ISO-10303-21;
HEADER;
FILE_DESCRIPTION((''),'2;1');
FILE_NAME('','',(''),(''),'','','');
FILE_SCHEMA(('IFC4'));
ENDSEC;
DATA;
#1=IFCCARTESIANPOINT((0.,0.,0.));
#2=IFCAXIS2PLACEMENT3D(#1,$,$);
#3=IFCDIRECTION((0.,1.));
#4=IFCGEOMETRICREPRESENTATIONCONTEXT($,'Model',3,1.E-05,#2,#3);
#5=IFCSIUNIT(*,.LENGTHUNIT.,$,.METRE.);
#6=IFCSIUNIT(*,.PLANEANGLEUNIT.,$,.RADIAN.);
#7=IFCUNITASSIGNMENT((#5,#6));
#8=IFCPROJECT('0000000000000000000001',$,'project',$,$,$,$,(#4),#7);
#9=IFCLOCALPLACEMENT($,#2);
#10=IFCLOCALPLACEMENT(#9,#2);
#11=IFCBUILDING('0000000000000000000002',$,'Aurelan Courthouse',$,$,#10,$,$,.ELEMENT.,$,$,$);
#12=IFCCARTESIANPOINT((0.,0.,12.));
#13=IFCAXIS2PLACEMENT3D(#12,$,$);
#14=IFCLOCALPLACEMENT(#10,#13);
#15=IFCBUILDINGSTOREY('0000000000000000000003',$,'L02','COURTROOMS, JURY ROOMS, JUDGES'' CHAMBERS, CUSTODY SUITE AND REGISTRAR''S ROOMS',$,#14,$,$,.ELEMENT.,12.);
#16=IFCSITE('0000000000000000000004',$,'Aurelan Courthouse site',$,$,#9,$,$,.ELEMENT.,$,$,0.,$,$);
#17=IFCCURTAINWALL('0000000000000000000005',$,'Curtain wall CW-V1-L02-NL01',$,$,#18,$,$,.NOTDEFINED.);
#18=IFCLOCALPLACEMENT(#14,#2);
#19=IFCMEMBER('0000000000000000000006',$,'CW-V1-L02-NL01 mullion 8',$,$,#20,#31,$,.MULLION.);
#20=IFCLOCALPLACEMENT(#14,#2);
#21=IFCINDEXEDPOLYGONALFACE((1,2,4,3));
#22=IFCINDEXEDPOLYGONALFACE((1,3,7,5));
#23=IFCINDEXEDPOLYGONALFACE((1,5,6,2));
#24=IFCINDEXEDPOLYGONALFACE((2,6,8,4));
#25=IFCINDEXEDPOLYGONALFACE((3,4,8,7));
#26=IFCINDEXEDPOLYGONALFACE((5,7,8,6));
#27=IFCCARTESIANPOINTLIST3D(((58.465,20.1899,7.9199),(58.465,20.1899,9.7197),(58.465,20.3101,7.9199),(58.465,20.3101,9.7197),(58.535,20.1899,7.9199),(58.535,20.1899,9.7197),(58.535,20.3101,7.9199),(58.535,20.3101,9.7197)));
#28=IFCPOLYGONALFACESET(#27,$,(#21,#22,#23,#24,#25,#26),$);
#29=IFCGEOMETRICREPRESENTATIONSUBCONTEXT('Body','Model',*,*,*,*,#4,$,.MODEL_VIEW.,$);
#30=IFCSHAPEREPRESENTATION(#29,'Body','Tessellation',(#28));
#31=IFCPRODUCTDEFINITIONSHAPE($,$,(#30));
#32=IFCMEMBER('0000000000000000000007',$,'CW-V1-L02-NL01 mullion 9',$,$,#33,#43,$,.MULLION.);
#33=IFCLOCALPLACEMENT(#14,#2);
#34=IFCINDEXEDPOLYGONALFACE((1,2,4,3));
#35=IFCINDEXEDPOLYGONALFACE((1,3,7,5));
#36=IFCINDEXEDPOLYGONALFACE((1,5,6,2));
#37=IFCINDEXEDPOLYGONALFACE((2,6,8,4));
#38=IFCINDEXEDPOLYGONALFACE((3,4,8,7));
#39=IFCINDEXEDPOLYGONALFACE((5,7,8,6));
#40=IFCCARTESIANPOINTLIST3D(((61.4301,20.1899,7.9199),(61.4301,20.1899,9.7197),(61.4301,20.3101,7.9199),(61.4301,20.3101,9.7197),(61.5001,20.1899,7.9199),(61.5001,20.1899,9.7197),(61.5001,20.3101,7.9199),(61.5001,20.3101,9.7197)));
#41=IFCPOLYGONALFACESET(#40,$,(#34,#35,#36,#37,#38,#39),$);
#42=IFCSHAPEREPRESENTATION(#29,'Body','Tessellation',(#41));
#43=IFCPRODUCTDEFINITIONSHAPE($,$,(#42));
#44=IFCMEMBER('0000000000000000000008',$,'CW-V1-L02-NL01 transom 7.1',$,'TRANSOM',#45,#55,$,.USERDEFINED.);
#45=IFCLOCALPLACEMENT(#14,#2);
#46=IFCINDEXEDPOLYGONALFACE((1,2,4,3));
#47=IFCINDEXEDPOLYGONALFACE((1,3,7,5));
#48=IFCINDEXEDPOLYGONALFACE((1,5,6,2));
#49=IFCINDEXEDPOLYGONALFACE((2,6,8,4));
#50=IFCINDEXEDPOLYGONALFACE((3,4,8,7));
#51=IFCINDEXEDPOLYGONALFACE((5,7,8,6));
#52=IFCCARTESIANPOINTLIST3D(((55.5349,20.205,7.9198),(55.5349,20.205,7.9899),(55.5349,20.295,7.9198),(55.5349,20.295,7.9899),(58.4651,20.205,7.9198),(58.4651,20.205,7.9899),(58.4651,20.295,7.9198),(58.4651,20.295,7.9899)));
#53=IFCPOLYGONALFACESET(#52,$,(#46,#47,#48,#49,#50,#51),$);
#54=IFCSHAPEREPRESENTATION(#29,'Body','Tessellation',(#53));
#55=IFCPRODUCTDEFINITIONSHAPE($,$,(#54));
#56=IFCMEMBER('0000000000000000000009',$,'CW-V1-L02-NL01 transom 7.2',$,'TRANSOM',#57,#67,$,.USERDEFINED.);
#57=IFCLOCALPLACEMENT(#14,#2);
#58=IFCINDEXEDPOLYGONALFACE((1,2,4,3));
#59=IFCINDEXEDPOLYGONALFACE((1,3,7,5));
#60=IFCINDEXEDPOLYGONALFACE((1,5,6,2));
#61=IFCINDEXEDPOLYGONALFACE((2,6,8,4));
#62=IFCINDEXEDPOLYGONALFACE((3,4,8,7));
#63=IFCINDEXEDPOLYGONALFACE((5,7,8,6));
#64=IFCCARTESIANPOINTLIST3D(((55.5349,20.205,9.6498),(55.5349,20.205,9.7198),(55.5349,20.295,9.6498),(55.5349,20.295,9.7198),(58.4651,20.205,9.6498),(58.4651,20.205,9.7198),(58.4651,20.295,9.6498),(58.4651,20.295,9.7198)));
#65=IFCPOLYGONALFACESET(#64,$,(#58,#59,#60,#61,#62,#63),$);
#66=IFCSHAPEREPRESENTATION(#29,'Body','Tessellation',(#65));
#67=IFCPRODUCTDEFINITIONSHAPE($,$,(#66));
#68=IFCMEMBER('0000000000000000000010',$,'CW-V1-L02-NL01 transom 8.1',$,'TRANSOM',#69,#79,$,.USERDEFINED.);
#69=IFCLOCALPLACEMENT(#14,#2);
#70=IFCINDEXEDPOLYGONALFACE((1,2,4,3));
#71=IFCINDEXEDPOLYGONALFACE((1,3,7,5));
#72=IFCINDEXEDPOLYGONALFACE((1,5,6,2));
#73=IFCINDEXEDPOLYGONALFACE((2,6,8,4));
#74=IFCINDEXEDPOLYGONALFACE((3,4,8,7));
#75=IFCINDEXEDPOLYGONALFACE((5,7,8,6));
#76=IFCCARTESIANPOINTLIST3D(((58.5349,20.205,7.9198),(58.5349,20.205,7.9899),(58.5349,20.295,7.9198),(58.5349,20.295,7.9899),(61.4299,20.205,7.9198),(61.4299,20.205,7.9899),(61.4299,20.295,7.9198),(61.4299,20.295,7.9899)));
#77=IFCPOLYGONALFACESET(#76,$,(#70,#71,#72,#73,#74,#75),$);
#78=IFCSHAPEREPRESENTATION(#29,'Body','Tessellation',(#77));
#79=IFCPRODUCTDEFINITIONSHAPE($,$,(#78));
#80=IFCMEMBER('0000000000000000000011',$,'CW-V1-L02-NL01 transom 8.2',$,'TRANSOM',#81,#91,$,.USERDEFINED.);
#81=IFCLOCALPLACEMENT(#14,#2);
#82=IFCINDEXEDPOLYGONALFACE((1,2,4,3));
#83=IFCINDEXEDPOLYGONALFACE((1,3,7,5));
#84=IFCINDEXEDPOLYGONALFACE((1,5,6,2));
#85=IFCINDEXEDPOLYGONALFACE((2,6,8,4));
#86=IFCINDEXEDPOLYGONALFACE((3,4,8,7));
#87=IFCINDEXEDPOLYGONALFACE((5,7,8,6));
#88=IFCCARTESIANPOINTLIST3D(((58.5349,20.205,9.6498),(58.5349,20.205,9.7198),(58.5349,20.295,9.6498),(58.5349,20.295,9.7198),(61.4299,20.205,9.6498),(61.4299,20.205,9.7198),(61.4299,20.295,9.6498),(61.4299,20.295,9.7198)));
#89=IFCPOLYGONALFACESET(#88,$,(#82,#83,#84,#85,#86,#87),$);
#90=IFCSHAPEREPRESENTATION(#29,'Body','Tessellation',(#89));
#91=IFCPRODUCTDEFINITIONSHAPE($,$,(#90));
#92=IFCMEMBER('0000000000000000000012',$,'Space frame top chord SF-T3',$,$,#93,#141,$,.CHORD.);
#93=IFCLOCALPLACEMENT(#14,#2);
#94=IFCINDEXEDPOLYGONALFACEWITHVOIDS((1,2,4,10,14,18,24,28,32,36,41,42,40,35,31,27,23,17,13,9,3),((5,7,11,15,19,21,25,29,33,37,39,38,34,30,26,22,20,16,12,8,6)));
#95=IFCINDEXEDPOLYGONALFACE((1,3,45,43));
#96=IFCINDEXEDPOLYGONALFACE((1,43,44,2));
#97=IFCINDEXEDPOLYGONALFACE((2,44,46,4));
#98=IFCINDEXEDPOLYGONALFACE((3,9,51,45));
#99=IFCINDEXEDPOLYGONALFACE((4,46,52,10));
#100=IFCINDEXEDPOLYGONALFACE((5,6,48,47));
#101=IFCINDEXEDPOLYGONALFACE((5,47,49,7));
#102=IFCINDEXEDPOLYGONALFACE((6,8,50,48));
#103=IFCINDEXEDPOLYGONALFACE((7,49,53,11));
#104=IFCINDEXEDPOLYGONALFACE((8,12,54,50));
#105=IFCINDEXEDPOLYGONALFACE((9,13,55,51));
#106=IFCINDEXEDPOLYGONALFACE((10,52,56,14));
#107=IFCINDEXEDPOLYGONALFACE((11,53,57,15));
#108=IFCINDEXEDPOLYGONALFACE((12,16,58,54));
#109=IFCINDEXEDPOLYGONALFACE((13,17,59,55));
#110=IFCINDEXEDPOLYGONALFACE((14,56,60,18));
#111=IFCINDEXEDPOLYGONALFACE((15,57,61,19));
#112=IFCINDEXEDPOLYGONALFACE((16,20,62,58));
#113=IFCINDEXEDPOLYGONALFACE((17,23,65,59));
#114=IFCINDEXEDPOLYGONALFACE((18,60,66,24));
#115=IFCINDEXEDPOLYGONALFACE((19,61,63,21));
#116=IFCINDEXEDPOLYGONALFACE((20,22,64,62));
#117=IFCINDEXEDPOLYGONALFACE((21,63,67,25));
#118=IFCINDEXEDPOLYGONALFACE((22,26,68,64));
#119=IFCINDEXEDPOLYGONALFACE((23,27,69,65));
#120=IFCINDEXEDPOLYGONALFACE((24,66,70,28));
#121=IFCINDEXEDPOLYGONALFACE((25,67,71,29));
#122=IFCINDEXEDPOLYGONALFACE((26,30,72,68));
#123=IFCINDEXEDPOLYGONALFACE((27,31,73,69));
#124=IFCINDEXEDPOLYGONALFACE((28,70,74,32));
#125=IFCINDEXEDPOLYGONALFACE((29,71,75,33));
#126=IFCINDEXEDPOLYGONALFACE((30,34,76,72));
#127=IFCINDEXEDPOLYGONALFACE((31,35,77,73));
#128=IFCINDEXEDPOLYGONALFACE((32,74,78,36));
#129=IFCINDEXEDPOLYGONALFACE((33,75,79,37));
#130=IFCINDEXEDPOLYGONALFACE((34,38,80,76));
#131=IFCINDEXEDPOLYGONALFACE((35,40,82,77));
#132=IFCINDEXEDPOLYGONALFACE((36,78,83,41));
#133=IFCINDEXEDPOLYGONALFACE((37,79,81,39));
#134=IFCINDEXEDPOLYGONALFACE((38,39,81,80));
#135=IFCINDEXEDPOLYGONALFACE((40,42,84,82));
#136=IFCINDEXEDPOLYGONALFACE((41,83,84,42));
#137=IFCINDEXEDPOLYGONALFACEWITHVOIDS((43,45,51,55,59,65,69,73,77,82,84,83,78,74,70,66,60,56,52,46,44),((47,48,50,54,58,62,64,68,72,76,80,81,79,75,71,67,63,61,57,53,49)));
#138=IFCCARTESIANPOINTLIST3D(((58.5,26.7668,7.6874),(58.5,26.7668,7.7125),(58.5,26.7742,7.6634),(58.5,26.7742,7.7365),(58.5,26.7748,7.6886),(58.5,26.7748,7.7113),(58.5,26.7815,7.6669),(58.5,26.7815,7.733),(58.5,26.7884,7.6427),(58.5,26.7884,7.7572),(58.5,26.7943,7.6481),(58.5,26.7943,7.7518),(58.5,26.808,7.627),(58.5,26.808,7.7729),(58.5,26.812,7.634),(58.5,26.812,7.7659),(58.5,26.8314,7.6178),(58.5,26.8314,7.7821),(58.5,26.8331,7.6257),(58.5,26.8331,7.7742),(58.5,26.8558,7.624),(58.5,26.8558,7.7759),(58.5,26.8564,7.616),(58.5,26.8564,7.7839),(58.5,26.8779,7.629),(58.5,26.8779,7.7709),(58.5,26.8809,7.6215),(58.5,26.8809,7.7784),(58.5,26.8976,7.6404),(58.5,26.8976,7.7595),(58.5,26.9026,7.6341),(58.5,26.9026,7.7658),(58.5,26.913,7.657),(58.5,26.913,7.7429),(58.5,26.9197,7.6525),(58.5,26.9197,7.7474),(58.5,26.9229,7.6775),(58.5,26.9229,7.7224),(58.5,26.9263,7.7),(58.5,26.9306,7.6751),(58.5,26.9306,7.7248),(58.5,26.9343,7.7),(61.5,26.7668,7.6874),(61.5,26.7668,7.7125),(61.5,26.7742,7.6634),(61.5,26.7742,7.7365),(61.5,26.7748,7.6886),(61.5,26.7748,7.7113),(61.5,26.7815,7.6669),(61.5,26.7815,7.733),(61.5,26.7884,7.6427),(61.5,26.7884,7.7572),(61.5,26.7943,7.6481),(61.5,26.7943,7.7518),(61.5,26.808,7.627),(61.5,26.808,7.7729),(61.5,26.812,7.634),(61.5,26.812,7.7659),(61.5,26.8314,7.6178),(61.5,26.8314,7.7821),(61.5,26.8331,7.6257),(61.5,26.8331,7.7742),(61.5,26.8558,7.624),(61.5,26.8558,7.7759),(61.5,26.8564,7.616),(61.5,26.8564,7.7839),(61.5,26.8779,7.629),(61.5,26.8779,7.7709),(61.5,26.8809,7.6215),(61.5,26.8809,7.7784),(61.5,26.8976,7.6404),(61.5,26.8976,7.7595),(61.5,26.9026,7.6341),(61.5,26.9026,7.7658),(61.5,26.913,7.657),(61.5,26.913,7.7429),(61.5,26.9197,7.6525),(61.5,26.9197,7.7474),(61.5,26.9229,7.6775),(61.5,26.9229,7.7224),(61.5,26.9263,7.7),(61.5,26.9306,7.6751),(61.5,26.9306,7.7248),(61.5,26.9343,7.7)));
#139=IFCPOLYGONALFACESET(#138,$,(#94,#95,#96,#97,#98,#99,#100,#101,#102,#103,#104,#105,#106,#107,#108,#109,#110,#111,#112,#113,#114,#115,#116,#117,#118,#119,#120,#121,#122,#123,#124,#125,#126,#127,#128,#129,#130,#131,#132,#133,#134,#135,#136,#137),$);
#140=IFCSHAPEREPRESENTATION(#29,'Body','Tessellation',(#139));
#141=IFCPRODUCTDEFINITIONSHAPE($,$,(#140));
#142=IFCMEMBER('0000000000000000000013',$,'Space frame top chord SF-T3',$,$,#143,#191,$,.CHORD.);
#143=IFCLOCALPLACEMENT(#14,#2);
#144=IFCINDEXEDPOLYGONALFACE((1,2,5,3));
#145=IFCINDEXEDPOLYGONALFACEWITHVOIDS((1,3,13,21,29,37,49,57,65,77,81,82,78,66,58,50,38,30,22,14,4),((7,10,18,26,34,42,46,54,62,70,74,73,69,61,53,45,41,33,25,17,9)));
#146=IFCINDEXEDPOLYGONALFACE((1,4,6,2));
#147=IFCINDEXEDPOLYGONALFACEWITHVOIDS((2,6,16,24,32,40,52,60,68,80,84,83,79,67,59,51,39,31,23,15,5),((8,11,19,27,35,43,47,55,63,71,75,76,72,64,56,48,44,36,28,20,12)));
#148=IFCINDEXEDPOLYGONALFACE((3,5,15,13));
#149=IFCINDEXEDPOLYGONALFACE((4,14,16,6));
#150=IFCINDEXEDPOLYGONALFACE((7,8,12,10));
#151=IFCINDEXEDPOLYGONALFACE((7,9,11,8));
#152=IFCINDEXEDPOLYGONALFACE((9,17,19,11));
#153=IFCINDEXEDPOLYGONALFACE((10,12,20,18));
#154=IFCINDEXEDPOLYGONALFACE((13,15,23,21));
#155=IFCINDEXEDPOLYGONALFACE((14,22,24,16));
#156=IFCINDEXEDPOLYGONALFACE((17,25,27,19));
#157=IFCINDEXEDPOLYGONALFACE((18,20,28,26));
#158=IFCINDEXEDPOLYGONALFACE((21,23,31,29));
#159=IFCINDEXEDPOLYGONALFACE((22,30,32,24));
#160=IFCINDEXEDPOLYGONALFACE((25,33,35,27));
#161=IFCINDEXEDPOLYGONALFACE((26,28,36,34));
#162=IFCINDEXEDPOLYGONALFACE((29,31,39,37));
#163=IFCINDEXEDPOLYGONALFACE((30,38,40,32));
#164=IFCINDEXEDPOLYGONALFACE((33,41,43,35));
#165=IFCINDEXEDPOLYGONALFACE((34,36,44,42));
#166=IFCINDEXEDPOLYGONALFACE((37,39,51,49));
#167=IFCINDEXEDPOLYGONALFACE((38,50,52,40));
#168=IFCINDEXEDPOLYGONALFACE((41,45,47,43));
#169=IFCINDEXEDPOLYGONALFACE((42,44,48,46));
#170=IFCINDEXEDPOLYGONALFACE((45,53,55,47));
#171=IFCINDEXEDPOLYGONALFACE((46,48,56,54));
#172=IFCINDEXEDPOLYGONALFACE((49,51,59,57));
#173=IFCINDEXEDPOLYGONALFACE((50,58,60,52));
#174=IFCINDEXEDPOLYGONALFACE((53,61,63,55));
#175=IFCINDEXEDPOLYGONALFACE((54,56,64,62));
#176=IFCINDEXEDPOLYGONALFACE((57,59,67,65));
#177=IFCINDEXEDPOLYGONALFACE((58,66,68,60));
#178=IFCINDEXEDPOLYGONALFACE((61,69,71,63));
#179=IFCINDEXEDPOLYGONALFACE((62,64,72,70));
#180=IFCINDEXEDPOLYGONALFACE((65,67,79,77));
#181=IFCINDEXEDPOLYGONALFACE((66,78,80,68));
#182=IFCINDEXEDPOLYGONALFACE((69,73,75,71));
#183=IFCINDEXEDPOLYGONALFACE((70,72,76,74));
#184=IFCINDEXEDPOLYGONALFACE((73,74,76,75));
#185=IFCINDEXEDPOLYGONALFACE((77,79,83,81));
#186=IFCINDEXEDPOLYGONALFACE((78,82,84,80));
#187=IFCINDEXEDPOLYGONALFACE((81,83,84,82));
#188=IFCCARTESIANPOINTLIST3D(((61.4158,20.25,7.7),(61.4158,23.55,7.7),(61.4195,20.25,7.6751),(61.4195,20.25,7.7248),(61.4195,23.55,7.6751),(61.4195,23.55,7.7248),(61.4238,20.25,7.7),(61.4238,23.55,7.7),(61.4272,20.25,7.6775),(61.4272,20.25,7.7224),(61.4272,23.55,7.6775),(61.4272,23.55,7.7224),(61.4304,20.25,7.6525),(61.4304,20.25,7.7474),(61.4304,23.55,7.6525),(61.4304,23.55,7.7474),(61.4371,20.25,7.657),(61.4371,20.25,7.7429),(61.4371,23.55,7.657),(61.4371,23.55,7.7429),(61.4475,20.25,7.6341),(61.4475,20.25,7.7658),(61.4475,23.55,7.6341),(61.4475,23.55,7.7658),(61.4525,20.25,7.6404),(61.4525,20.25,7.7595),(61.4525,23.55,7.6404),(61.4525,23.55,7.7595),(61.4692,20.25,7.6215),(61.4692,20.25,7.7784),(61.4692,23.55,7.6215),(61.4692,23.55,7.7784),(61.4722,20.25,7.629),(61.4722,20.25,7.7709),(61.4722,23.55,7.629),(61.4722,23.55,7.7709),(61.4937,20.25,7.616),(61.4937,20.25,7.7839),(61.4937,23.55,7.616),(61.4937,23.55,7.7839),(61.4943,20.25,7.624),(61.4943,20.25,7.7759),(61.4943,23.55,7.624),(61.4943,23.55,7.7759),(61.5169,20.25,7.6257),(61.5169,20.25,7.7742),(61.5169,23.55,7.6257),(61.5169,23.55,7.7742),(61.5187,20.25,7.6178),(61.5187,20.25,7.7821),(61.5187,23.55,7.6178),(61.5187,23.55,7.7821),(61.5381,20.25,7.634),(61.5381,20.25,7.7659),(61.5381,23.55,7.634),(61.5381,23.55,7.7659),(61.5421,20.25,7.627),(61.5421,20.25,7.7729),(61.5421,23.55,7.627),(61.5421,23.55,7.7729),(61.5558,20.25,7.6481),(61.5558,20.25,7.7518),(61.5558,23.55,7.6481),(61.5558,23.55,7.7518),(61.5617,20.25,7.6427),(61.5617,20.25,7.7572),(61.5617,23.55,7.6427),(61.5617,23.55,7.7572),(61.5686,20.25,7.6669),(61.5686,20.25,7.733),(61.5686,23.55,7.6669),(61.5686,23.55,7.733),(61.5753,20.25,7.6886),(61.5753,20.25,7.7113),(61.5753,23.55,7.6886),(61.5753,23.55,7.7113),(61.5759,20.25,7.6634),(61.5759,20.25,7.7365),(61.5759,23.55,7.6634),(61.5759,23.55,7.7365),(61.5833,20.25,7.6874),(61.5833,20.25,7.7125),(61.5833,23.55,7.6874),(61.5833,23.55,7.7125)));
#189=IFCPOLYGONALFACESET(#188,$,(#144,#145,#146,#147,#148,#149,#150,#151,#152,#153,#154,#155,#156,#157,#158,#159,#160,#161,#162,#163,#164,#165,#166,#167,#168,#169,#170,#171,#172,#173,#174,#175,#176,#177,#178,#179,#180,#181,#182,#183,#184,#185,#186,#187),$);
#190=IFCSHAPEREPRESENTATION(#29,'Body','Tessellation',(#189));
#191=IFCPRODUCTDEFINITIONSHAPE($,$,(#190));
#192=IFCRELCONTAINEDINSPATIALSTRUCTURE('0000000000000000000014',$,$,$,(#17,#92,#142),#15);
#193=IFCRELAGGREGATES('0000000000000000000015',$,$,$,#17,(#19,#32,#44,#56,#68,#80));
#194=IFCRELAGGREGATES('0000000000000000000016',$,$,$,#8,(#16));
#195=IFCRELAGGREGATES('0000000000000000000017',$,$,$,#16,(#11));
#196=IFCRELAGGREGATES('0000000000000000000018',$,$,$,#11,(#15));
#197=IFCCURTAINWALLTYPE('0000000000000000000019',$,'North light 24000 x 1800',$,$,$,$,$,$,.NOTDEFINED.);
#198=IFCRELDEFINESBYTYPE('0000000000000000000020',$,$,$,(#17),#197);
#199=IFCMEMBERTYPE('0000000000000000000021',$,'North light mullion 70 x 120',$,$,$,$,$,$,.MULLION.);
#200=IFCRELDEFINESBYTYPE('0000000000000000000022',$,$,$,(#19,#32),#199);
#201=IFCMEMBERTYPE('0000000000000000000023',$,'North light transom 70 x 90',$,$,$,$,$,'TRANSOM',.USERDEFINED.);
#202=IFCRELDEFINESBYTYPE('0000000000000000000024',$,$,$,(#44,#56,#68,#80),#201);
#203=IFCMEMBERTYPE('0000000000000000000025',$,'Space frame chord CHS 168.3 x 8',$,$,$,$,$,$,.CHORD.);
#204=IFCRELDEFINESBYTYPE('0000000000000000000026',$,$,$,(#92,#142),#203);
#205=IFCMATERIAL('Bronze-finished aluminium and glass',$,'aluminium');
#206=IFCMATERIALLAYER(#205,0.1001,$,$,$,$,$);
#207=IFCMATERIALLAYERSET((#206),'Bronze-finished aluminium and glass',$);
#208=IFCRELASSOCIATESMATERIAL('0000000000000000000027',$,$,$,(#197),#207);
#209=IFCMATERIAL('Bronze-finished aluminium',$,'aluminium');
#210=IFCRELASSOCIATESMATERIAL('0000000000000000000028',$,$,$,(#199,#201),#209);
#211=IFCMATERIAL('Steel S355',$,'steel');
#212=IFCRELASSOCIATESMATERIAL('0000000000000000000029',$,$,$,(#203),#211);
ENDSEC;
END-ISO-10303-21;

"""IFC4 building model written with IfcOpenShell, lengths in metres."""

from ifc_helpers import new_model, si_unit, direction, frame, origin, origin_2d, place, context, subcontext, project, spatial, rectangle, hollow_circle, extrude, material, layer, layer_set, material_profile, profile_set, type_object, element, aggregate, save


model = new_model("IFC4")

# Units and contexts
model_context = context("Model", 3, precision=1e-05, world=origin(), true_north=direction((0.0, 1.0)))
body_context = subcontext(model_context, "Body", "Model", "MODEL_VIEW")
ifc_project = project(units=[si_unit("LENGTHUNIT", "METRE"), si_unit("PLANEANGLEUNIT", "RADIAN")], contexts=[model_context])

# Site, building, storey
site_placement = place(None, origin())
site = spatial("IfcSite", under=ifc_project, at=site_placement, Name="Aurelan Courthouse site", CompositionType="ELEMENT", RefElevation=0.0)
building_placement = place(site_placement, origin())
building = spatial("IfcBuilding", under=site, at=building_placement, Name="Aurelan Courthouse", CompositionType="ELEMENT")
storey_placement = place(building_placement, frame((0.0, 0.0, 12.0)))
storey = spatial("IfcBuildingStorey", under=building, at=storey_placement, Name="L02", Description="COURTROOMS, JURY ROOMS, JUDGES' CHAMBERS, CUSTODY SUITE AND REGISTRAR'S ROOMS", CompositionType="ELEMENT", Elevation=12.0)

# Curtain wall, members
ifc_material_1 = material(Name="Bronze-finished aluminium and glass", Category="aluminium")
ifc_layer_1 = layer(ifc_material_1, 0.1001)
ifc_layer_set_1 = layer_set([ifc_layer_1], Name="Bronze-finished aluminium and glass")
curtain_wall_type = type_object("IfcCurtainWallType", Name="North light 24000 x 1800", PredefinedType="NOTDEFINED", material=ifc_layer_set_1)
curtain_wall_placement = place(storey_placement, origin())
curtain_wall = element("IfcCurtainWall", 1, at=curtain_wall_placement, inside=storey, type_object=curtain_wall_type, Name="Curtain wall CW-V1-L02-NL01", PredefinedType="NOTDEFINED")
ifc_material_2 = material(Name="Bronze-finished aluminium", Category="aluminium")
ifc_material_profile_1 = material_profile(ifc_material_2, rectangle(XDim=0.1201, YDim=0.0701, at=origin_2d()), Name="North light mullion 70 x 120")
ifc_profile_set_1 = profile_set([ifc_material_profile_1], Name="Bronze-finished aluminium")
member_type_1 = type_object("IfcMemberType", Name="North light mullion 70 x 120", PredefinedType="MULLION", material=ifc_profile_set_1)
member_1_placement = place(storey_placement, frame((58.5, 20.25, 7.9199), z_axis=(0.0, 0.0, 1.0), x_axis=(0.0, 1.0, 0.0)))
member_1 = element("IfcMember", 2, at=member_1_placement, type_object=member_type_1, Name="CW-V1-L02-NL01 mullion 8", PredefinedType="MULLION", context=body_context, shape_type="SweptSolid", body=[
    extrude(rectangle(XDim=0.1201, YDim=0.0701, at=origin_2d()), origin(), (0.0, 0.0, 1.0), 1.7998),
])
member_2_placement = place(storey_placement, frame((61.4651, 20.25, 7.9199), z_axis=(0.0, 0.0, 1.0), x_axis=(0.0, 1.0, 0.0)))
member_2 = element("IfcMember", 3, at=member_2_placement, type_object=member_type_1, Name="CW-V1-L02-NL01 mullion 9", PredefinedType="MULLION", context=body_context, shape_type="SweptSolid", body=[
    extrude(rectangle(XDim=0.1201, YDim=0.0701, at=origin_2d()), origin(), (0.0, 0.0, 1.0), 1.7998),
])
ifc_material_profile_2 = material_profile(ifc_material_2, rectangle(XDim=0.0901, YDim=0.0701, at=origin_2d()), Name="North light transom 70 x 90")
ifc_profile_set_2 = profile_set([ifc_material_profile_2], Name="Bronze-finished aluminium")
member_type_2 = type_object("IfcMemberType", Name="North light transom 70 x 90", ElementType="TRANSOM", PredefinedType="USERDEFINED", material=ifc_profile_set_2)
member_3_placement = place(storey_placement, frame((55.5349, 20.25, 7.9548), z_axis=(1.0, 0.0, 0.0), x_axis=(0.0, 1.0, 0.0)))
member_3 = element("IfcMember", 4, at=member_3_placement, type_object=member_type_2, Name="CW-V1-L02-NL01 transom 7.1", ObjectType="TRANSOM", PredefinedType="USERDEFINED", context=body_context, shape_type="SweptSolid", body=[
    extrude(rectangle(XDim=0.0901, YDim=0.0701, at=origin_2d()), origin(), (0.0, 0.0, 1.0), 2.9302),
])
member_4_placement = place(storey_placement, frame((55.5349, 20.25, 9.6848), z_axis=(1.0, 0.0, 0.0), x_axis=(0.0, 1.0, 0.0)))
member_4 = element("IfcMember", 5, at=member_4_placement, type_object=member_type_2, Name="CW-V1-L02-NL01 transom 7.2", ObjectType="TRANSOM", PredefinedType="USERDEFINED", context=body_context, shape_type="SweptSolid", body=[
    extrude(rectangle(XDim=0.0901, YDim=0.0701, at=origin_2d()), origin(), (0.0, 0.0, 1.0), 2.9302),
])
member_5_placement = place(storey_placement, frame((58.5349, 20.25, 7.9548), z_axis=(1.0, 0.0, 0.0), x_axis=(0.0, 1.0, 0.0)))
member_5 = element("IfcMember", 6, at=member_5_placement, type_object=member_type_2, Name="CW-V1-L02-NL01 transom 8.1", ObjectType="TRANSOM", PredefinedType="USERDEFINED", context=body_context, shape_type="SweptSolid", body=[
    extrude(rectangle(XDim=0.0901, YDim=0.0701, at=origin_2d()), origin(), (0.0, 0.0, 1.0), 2.895),
])
member_6_placement = place(storey_placement, frame((58.5349, 20.25, 9.6848), z_axis=(1.0, 0.0, 0.0), x_axis=(0.0, 1.0, 0.0)))
member_6 = element("IfcMember", 7, at=member_6_placement, type_object=member_type_2, Name="CW-V1-L02-NL01 transom 8.2", ObjectType="TRANSOM", PredefinedType="USERDEFINED", context=body_context, shape_type="SweptSolid", body=[
    extrude(rectangle(XDim=0.0901, YDim=0.0701, at=origin_2d()), origin(), (0.0, 0.0, 1.0), 2.895),
])

# Members
ifc_material_3 = material(Name="Steel S355", Category="steel")
ifc_material_profile_3 = material_profile(ifc_material_3, hollow_circle(Radius=0.0842, WallThickness=0.0081, at=origin_2d()), Name="CHS 168.3 x 8")
ifc_profile_set_3 = profile_set([ifc_material_profile_3], Name="Steel S355")
member_type_3 = type_object("IfcMemberType", Name="Space frame chord CHS 168.3 x 8", PredefinedType="CHORD", material=ifc_profile_set_3)
member_7_placement = place(storey_placement, frame((58.5, 26.8501, 7.7), z_axis=(1.0, 0.0, 0.0), x_axis=(0.0, 1.0, 0.0)))
element("IfcMember", 8, at=member_7_placement, inside=storey, type_object=member_type_3, Name="Space frame top chord SF-T3", PredefinedType="CHORD", context=body_context, shape_type="SweptSolid", body=[
    extrude(hollow_circle(Radius=0.0842, WallThickness=0.0081, at=origin_2d()), origin(), (0.0, 0.0, 1.0), 3.0),
])
for number, where, z_axis, x_axis, name in (
    (9, (61.5, 20.25, 7.7), (0.0, 1.0, 0.0), (-1.0, 0.0, 0.0), "Space frame top chord SF-T3"),
):
    element("IfcMember", number, at=place(storey_placement, frame(where, z_axis=z_axis, x_axis=x_axis)), inside=storey, type_object=member_type_3, Name=name, PredefinedType="CHORD", context=body_context, shape_type="SweptSolid", body=[
        extrude(hollow_circle(Radius=0.0842, WallThickness=0.0081, at=origin_2d()), origin(), (0.0, 0.0, 1.0), 3.3),
    ])

aggregate(curtain_wall, [member_1, member_2, member_3, member_4, member_5, member_6])

save(model, "model.ifc")
